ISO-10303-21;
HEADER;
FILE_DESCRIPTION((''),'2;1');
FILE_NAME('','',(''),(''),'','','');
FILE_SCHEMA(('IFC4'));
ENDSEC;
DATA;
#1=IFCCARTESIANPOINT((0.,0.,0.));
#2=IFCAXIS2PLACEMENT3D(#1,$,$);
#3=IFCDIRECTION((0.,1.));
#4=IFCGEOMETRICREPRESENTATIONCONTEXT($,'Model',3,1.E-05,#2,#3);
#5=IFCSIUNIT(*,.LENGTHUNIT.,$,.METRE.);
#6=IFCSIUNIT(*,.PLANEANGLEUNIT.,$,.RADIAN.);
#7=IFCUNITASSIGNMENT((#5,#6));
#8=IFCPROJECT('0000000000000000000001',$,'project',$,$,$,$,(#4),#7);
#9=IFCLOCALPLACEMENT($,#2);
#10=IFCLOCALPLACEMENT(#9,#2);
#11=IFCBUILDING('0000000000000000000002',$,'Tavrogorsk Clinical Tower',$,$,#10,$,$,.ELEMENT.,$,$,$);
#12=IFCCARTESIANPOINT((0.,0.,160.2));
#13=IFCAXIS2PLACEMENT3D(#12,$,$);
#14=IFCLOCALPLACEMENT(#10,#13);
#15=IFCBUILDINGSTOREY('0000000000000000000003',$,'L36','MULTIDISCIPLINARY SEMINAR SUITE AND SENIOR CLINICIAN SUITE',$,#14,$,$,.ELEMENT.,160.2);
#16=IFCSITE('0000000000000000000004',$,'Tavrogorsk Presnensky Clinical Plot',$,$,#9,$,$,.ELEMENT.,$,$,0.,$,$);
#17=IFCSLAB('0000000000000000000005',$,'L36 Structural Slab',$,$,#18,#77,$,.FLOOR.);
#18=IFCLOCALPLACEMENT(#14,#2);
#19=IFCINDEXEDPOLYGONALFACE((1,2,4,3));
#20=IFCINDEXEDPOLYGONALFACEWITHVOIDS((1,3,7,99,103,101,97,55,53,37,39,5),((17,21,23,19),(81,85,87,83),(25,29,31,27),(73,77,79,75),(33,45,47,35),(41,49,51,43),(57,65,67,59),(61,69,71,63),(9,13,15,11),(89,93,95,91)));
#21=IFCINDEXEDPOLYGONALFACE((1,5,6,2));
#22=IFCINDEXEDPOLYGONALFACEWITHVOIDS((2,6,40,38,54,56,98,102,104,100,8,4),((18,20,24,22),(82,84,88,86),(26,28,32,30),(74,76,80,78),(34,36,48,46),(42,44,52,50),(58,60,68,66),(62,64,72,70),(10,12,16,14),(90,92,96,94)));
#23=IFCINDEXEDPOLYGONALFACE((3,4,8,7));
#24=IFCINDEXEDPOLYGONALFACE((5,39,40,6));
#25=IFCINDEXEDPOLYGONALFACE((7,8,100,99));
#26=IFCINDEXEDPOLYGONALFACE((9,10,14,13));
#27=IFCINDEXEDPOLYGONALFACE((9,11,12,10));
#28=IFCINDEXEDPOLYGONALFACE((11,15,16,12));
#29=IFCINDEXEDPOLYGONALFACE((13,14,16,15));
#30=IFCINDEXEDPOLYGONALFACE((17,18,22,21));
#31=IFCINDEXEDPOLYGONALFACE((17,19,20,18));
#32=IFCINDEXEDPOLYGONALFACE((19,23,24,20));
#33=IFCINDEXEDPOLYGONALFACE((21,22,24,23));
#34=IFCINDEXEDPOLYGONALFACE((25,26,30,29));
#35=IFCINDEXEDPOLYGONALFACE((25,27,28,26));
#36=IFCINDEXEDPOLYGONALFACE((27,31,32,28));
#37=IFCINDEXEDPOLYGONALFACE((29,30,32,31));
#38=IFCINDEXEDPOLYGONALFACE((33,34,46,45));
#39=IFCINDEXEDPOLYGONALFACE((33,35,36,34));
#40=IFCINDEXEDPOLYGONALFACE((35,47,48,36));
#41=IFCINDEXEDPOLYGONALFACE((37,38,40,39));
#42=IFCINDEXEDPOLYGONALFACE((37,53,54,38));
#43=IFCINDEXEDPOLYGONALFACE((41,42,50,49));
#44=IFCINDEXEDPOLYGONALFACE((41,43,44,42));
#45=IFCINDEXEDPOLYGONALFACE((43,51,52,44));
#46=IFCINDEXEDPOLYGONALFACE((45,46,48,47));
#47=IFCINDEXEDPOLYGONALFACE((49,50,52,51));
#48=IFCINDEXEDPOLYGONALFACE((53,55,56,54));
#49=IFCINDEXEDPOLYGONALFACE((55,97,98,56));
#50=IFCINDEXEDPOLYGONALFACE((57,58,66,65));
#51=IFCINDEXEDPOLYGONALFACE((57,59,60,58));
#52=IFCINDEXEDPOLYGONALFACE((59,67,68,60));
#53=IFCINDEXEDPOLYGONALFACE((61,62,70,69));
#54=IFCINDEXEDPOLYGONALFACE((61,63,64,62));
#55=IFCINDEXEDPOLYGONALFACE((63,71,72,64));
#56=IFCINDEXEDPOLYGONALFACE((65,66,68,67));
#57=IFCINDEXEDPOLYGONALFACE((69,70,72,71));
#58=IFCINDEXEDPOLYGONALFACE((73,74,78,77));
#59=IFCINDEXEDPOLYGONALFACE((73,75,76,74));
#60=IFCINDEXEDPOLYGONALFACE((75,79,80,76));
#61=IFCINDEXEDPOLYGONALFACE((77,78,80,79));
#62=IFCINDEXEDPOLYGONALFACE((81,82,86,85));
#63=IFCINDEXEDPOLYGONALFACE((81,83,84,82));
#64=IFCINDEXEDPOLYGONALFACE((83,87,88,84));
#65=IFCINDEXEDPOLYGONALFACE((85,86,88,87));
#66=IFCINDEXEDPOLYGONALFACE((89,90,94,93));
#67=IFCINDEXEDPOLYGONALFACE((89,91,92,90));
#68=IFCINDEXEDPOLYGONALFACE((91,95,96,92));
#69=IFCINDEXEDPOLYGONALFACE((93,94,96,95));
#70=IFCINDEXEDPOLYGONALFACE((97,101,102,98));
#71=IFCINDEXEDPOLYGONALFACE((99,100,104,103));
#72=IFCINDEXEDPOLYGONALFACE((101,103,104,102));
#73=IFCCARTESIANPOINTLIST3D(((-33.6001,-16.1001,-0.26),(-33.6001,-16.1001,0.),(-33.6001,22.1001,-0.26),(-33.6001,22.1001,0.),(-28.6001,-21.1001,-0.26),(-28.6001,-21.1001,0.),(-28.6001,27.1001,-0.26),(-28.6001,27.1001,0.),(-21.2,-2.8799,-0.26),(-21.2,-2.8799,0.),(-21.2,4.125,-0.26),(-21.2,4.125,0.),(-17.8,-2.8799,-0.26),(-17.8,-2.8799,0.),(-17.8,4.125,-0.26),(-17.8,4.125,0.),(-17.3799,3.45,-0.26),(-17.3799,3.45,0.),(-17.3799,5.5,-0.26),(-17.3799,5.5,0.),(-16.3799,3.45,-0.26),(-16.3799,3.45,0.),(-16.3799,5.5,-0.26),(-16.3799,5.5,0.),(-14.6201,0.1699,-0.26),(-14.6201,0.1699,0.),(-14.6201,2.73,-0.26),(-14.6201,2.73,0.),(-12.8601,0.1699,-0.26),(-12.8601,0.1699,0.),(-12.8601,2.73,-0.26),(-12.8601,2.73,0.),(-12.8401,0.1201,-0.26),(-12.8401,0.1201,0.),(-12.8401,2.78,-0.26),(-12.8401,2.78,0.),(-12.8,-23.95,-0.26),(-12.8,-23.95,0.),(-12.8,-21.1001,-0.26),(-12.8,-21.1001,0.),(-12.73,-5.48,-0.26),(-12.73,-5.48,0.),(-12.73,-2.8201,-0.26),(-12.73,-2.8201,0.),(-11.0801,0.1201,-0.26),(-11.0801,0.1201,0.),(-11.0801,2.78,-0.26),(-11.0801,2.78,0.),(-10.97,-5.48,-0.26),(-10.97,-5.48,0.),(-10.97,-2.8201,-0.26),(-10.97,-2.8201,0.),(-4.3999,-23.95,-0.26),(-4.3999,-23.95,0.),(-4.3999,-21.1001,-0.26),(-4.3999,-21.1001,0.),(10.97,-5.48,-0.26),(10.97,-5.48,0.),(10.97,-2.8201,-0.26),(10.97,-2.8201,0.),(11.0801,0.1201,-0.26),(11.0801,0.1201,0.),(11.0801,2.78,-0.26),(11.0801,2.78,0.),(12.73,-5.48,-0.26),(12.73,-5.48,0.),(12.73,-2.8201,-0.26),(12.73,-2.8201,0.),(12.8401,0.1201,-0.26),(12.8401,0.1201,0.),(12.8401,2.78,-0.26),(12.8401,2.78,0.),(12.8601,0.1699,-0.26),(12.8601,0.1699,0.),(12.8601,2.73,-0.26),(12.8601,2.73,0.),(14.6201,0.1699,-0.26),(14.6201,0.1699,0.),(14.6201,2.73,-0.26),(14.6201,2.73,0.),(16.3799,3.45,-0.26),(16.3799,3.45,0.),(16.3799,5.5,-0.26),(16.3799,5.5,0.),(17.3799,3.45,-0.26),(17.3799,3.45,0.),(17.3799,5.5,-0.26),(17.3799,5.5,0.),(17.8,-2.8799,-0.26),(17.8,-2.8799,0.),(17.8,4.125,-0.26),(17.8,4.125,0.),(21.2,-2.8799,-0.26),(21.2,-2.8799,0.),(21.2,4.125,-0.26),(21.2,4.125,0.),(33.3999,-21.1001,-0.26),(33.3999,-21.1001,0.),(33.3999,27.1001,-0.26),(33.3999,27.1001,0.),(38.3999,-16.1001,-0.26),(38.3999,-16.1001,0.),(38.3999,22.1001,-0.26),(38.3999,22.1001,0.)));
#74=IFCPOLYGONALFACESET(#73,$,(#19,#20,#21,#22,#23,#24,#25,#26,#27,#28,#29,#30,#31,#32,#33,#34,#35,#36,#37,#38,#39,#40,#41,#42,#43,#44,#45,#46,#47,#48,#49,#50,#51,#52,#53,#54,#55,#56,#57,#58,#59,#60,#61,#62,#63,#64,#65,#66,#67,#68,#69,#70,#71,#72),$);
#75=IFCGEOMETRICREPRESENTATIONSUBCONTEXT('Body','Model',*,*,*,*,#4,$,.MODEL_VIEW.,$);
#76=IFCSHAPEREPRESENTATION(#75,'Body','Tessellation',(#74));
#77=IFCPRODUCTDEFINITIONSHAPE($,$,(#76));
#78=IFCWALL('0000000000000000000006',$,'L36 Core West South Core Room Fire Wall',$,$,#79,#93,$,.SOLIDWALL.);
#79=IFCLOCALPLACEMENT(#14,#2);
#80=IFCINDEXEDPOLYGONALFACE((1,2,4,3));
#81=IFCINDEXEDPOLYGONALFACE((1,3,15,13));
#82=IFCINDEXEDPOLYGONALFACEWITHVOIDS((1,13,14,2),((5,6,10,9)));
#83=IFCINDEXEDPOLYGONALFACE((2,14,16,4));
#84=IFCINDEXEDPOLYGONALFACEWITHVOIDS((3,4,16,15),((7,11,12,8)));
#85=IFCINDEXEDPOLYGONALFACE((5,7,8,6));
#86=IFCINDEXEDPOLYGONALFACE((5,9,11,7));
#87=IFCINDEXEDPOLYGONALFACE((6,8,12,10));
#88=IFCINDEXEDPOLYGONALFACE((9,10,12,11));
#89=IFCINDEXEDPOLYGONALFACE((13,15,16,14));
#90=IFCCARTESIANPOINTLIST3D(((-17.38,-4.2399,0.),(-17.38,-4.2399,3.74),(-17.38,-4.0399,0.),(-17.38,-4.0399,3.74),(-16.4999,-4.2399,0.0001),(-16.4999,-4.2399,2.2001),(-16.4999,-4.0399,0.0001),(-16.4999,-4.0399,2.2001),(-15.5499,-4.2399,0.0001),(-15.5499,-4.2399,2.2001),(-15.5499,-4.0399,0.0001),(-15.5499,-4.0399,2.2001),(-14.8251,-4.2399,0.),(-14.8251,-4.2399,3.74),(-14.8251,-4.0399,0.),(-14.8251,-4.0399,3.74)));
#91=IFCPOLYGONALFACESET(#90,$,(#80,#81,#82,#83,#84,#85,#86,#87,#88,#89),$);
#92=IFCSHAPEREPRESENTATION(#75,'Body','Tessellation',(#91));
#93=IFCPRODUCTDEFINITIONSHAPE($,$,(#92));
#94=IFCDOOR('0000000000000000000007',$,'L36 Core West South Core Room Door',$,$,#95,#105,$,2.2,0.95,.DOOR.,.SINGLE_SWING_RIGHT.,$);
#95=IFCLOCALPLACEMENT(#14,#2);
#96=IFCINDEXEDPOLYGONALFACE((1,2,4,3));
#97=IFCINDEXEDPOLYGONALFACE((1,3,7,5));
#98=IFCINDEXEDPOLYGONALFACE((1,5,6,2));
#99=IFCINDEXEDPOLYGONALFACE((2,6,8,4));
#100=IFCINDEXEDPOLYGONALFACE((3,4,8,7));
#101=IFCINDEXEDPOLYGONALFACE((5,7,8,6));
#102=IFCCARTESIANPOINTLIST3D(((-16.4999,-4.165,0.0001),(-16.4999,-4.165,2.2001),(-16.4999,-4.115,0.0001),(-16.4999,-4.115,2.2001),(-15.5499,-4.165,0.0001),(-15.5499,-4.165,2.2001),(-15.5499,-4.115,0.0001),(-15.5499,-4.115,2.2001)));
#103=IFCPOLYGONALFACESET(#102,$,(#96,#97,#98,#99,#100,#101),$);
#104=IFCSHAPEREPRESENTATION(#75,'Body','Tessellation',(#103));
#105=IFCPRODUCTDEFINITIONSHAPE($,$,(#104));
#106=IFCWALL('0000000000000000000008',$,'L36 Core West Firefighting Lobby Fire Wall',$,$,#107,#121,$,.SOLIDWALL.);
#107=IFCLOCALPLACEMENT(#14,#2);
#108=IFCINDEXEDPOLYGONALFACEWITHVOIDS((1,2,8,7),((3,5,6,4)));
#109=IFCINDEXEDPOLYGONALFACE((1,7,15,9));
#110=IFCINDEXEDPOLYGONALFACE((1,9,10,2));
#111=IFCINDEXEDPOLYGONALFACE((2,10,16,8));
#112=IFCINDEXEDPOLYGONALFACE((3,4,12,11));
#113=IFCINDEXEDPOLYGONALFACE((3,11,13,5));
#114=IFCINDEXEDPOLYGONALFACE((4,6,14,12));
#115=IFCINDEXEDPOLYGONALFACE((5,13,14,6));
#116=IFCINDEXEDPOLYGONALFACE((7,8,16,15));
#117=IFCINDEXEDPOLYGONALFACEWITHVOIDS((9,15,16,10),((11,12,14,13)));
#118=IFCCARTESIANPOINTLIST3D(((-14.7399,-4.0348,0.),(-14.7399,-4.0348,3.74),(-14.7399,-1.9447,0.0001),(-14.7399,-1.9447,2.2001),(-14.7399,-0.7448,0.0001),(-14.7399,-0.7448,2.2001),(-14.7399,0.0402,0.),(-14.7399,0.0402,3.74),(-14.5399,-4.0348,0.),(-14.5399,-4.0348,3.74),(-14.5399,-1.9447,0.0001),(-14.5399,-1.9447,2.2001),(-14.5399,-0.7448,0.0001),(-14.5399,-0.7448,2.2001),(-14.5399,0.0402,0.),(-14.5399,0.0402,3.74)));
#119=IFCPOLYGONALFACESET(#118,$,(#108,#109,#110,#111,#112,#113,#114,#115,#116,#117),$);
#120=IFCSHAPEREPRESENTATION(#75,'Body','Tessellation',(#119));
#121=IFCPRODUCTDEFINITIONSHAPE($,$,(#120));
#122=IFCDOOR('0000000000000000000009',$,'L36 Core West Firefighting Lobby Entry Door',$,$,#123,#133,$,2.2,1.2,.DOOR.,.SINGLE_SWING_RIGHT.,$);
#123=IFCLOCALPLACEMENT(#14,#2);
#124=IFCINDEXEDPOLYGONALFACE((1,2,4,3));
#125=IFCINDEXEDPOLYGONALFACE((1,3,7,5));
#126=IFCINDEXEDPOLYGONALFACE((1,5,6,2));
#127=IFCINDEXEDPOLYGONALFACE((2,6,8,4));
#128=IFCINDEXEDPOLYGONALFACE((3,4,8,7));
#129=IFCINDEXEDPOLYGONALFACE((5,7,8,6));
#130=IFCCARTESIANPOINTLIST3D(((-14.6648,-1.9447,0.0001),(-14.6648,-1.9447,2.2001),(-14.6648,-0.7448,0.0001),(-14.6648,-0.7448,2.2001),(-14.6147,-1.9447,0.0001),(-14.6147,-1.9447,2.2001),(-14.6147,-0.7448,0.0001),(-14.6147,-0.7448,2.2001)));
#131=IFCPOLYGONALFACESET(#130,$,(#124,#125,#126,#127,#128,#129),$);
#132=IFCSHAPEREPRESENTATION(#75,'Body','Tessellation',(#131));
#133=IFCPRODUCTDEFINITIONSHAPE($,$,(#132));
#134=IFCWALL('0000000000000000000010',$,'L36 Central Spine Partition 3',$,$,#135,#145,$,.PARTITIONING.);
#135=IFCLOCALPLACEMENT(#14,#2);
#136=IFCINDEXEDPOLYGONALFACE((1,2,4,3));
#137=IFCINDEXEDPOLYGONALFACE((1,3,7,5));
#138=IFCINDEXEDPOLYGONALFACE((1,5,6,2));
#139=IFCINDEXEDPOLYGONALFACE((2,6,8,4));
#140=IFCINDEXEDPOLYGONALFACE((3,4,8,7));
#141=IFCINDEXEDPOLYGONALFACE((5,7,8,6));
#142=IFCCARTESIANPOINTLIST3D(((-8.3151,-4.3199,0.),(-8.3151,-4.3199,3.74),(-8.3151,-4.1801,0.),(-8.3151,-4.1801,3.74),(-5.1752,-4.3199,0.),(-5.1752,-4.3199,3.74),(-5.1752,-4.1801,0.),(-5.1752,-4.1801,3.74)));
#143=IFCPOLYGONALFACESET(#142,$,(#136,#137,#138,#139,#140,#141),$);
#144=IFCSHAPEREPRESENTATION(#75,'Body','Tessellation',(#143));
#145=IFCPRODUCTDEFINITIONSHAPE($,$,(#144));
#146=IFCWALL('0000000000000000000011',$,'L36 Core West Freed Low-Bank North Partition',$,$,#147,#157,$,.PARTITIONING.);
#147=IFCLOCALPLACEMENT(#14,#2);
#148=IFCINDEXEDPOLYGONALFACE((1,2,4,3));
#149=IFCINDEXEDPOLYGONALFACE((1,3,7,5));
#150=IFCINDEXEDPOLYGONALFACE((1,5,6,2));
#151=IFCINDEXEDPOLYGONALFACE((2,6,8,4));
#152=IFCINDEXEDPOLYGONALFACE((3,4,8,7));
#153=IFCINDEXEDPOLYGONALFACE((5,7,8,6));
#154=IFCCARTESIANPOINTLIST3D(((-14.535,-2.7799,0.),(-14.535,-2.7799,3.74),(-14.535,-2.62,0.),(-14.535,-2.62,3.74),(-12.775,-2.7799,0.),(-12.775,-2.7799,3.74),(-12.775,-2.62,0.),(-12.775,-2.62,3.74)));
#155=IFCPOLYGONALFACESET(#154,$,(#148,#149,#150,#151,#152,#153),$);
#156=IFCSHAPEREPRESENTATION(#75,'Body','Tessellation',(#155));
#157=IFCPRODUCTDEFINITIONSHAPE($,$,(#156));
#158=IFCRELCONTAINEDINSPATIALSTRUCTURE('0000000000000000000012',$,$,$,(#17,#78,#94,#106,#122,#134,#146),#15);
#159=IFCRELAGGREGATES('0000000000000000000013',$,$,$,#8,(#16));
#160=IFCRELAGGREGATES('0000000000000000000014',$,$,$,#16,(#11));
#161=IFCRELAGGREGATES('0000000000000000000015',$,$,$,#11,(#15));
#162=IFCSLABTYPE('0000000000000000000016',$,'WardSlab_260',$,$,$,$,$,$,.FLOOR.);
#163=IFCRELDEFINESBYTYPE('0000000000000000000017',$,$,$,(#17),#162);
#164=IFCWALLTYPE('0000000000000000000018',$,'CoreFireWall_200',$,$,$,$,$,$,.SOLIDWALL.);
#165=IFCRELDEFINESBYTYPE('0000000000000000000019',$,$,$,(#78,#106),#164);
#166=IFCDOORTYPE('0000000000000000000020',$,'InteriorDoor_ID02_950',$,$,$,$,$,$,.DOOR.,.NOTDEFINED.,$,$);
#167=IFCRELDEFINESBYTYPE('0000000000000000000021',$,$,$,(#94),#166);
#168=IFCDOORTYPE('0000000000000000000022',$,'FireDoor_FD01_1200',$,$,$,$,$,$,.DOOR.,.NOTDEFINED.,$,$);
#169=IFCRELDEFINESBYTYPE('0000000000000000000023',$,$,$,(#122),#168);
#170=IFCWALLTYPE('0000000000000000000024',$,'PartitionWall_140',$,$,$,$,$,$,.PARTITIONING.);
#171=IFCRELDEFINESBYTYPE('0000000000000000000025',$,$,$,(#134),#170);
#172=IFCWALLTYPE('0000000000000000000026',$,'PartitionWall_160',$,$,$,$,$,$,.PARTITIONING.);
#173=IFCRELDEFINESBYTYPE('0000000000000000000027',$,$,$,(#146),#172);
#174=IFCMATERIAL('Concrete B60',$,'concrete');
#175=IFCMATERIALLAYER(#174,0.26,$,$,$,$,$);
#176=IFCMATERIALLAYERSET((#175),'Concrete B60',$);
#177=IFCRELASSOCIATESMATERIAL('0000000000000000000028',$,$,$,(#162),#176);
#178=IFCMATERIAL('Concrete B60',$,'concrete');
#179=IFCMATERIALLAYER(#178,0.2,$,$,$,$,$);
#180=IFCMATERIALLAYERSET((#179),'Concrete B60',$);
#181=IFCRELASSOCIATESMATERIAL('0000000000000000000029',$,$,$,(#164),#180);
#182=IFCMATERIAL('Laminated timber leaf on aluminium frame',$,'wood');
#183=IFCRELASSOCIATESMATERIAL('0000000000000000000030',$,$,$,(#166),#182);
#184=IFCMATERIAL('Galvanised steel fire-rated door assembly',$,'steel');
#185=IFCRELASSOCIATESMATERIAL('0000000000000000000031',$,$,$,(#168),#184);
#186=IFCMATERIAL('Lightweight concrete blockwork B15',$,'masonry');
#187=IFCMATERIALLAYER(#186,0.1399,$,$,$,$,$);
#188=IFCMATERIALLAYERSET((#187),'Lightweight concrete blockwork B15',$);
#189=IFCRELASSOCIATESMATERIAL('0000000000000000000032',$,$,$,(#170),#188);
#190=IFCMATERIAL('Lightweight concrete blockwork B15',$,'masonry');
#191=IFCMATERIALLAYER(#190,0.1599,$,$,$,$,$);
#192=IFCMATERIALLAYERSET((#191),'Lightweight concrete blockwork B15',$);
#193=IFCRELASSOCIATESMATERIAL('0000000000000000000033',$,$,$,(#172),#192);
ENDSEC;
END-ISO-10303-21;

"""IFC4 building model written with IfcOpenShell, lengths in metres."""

from ifc_helpers import new_model, si_unit, direction, frame, frame_2d, origin, place, context, subcontext, project, spatial, polyline, rectangle, outline, extrude, material, layer, layer_set, type_object, element, fill, save


model = new_model("IFC4")

# Units and contexts
model_context = context("Model", 3, precision=1e-05, world=origin(), true_north=direction((0.0, 1.0)))
body_context = subcontext(model_context, "Body", "Model", "MODEL_VIEW")
ifc_project = project(units=[si_unit("LENGTHUNIT", "METRE"), si_unit("PLANEANGLEUNIT", "RADIAN")], contexts=[model_context])

# Site, building, storey
site_placement = place(None, origin())
site = spatial("IfcSite", under=ifc_project, at=site_placement, Name="Tavrogorsk Presnensky Clinical Plot", CompositionType="ELEMENT", RefElevation=0.0)
building_placement = place(site_placement, origin())
building = spatial("IfcBuilding", under=site, at=building_placement, Name="Tavrogorsk Clinical Tower", CompositionType="ELEMENT")
storey_placement = place(building_placement, frame((0.0, 0.0, 160.2)))
storey = spatial("IfcBuildingStorey", under=building, at=storey_placement, Name="L36", Description="MULTIDISCIPLINARY SEMINAR SUITE AND SENIOR CLINICIAN SUITE", CompositionType="ELEMENT", Elevation=160.2)

# Slab
ifc_material_1 = material(Name="Concrete B60", Category="concrete")
ifc_layer_1 = layer(ifc_material_1, 0.26)
ifc_layer_set_1 = layer_set([ifc_layer_1], Name="Concrete B60")
slab_type_1 = type_object("IfcSlabType", Name="WardSlab_260", PredefinedType="FLOOR", material=ifc_layer_set_1)
slab_1_placement = place(storey_placement, frame((0.0, 0.0, -0.26)))
element("IfcSlab", 1, at=slab_1_placement, inside=storey, type_object=slab_type_1, Name="L36 Structural Slab", PredefinedType="FLOOR", context=body_context, shape_type="SweptSolid", body=[
    extrude(outline(polyline([(-28.6001, -21.1001), (-33.6001, -16.1001), (-33.6001, 22.1001), (-28.6001, 27.1001), (33.3999, 27.1001), (38.3999, 22.1001), (38.3999, -16.1001), (33.3999, -21.1001), (-4.3999, -21.1001), (-4.3999, -23.95), (-12.8, -23.95), (-12.8, -21.1001), (-28.6001, -21.1001)]), holes=[polyline([(-17.8, -2.8799), (-17.8, 4.125), (-21.2, 4.125), (-21.2, -2.8799), (-17.8, -2.8799)]), polyline([(21.2, -2.8799), (21.2, 4.125), (17.8, 4.125), (17.8, -2.8799), (21.2, -2.8799)]), polyline([(-14.6201, 0.1699), (-12.8601, 0.1699), (-12.8601, 2.73), (-14.6201, 2.73), (-14.6201, 0.1699)]), polyline([(-12.73, -5.48), (-10.97, -5.48), (-10.97, -2.8201), (-12.73, -2.8201), (-12.73, -5.48)]), polyline([(-12.8401, 0.1201), (-11.0801, 0.1201), (-11.0801, 2.78), (-12.8401, 2.78), (-12.8401, 0.1201)]), polyline([(12.8601, 0.1699), (14.6201, 0.1699), (14.6201, 2.73), (12.8601, 2.73), (12.8601, 0.1699)]), polyline([(10.97, -5.48), (12.73, -5.48), (12.73, -2.8201), (10.97, -2.8201), (10.97, -5.48)]), polyline([(11.0801, 0.1201), (12.8401, 0.1201), (12.8401, 2.78), (11.0801, 2.78), (11.0801, 0.1201)]), polyline([(-17.3799, 3.45), (-16.3799, 3.45), (-16.3799, 5.5), (-17.3799, 5.5), (-17.3799, 3.45)]), polyline([(16.3799, 3.45), (17.3799, 3.45), (17.3799, 5.5), (16.3799, 5.5), (16.3799, 3.45)])]), origin(), (0.0, 0.0, 1.0), 0.26),
])

# Walls, openings, doors
ifc_material_2 = material(Name="Concrete B60", Category="concrete")
ifc_layer_2 = layer(ifc_material_2, 0.2)
ifc_layer_set_2 = layer_set([ifc_layer_2], Name="Concrete B60")
wall_type_1 = type_object("IfcWallType", Name="CoreFireWall_200", PredefinedType="SOLIDWALL", material=ifc_layer_set_2)
wall_1_placement = place(storey_placement, frame((-17.3799, -4.1399, 0.0), z_axis=(0.0, 0.0, 1.0), x_axis=(1.0, 0.0, 0.0)))
wall_1 = element("IfcWall", 2, at=wall_1_placement, inside=storey, type_object=wall_type_1, Name="L36 Core West South Core Room Fire Wall", PredefinedType="SOLIDWALL", context=body_context, shape_type="SweptSolid", body=[
    extrude(rectangle(XDim=2.5549, YDim=0.2, at=frame_2d((1.2773, 0.0))), origin(), (0.0, 0.0, 1.0), 3.74),
])
opening_1_placement = place(wall_1_placement, frame((0.8799, 0.0, 0.0)))
opening_1 = element("IfcOpeningElement", 3, at=opening_1_placement, cuts=wall_1, PredefinedType="OPENING", context=body_context, shape_type="SweptSolid", body=[
    extrude(rectangle(XDim=0.95, YDim=2.2, at=frame_2d((0.4751, 1.1001))), frame((0.0, 0.1099, 0.0), z_axis=(0.0, -1.0, 0.0), x_axis=(1.0, 0.0, 0.0)), (0.0, 0.0, 1.0), 0.22),
])
ifc_material_3 = material(Name="Laminated timber leaf on aluminium frame", Category="wood")
door_type_1 = type_object("IfcDoorType", Name="InteriorDoor_ID02_950", OperationType="NOTDEFINED", PredefinedType="DOOR", material=ifc_material_3)
door_1_placement = place(opening_1_placement, origin())
door_1 = element("IfcDoor", 4, at=door_1_placement, inside=storey, type_object=door_type_1, Name="L36 Core West South Core Room Door", OperationType="SINGLE_SWING_RIGHT", OverallHeight=2.2, OverallWidth=0.95, PredefinedType="DOOR", context=body_context, shape_type="SweptSolid", body=[
    extrude(rectangle(XDim=0.95, YDim=2.2, at=frame_2d((0.4751, 1.1001))), frame((0.0, 0.0249, 0.0), z_axis=(0.0, -1.0, 0.0), x_axis=(1.0, 0.0, 0.0)), (0.0, 0.0, 1.0), 0.05),
])
fill(opening_1, door_1)
wall_2_placement = place(storey_placement, frame((-14.6399, -4.0349, 0.0), z_axis=(0.0, 0.0, 1.0), x_axis=(0.0, 1.0, 0.0)))
wall_2 = element("IfcWall", 5, at=wall_2_placement, inside=storey, type_object=wall_type_1, Name="L36 Core West Firefighting Lobby Fire Wall", PredefinedType="SOLIDWALL", context=body_context, shape_type="SweptSolid", body=[
    extrude(rectangle(XDim=4.075, YDim=0.2, at=frame_2d((2.0376, 0.0))), origin(), (0.0, 0.0, 1.0), 3.74),
])
opening_2_placement = place(wall_2_placement, frame((2.0901, 0.0, 0.0)))
opening_2 = element("IfcOpeningElement", 6, at=opening_2_placement, cuts=wall_2, PredefinedType="OPENING", context=body_context, shape_type="SweptSolid", body=[
    extrude(rectangle(XDim=1.2, YDim=2.2, at=frame_2d((0.6001, 1.1001))), frame((0.0, 0.1099, 0.0), z_axis=(0.0, -1.0, 0.0), x_axis=(1.0, 0.0, 0.0)), (0.0, 0.0, 1.0), 0.22),
])
ifc_material_4 = material(Name="Galvanised steel fire-rated door assembly", Category="steel")
door_type_2 = type_object("IfcDoorType", Name="FireDoor_FD01_1200", OperationType="NOTDEFINED", PredefinedType="DOOR", material=ifc_material_4)
door_2_placement = place(opening_2_placement, origin())
door_2 = element("IfcDoor", 7, at=door_2_placement, inside=storey, type_object=door_type_2, Name="L36 Core West Firefighting Lobby Entry Door", OperationType="SINGLE_SWING_RIGHT", OverallHeight=2.2, OverallWidth=1.2, PredefinedType="DOOR", context=body_context, shape_type="SweptSolid", body=[
    extrude(rectangle(XDim=1.2, YDim=2.2, at=frame_2d((0.6001, 1.1001))), frame((0.0, 0.0249, 0.0), z_axis=(0.0, -1.0, 0.0), x_axis=(1.0, 0.0, 0.0)), (0.0, 0.0, 1.0), 0.05),
])
fill(opening_2, door_2)

# Walls
ifc_material_5 = material(Name="Lightweight concrete blockwork B15", Category="masonry")
ifc_layer_3 = layer(ifc_material_5, 0.1399)
ifc_layer_set_3 = layer_set([ifc_layer_3], Name="Lightweight concrete blockwork B15")
wall_type_2 = type_object("IfcWallType", Name="PartitionWall_140", PredefinedType="PARTITIONING", material=ifc_layer_set_3)
wall_3_placement = place(storey_placement, frame((-8.3149, -4.25, 0.0), z_axis=(0.0, 0.0, 1.0), x_axis=(1.0, 0.0, 0.0)))
element("IfcWall", 8, at=wall_3_placement, inside=storey, type_object=wall_type_2, Name="L36 Central Spine Partition 3", PredefinedType="PARTITIONING", context=body_context, shape_type="SweptSolid", body=[
    extrude(rectangle(XDim=3.1399, YDim=0.1399, at=frame_2d((1.5698, 0.0))), origin(), (0.0, 0.0, 1.0), 3.74),
])
ifc_material_6 = material(Name="Lightweight concrete blockwork B15", Category="masonry")
ifc_layer_4 = layer(ifc_material_6, 0.1599)
ifc_layer_set_4 = layer_set([ifc_layer_4], Name="Lightweight concrete blockwork B15")
wall_type_3 = type_object("IfcWallType", Name="PartitionWall_160", PredefinedType="PARTITIONING", material=ifc_layer_set_4)
wall_4_placement = place(storey_placement, frame((-14.5349, -2.7, 0.0), z_axis=(0.0, 0.0, 1.0), x_axis=(1.0, 0.0, 0.0)))
element("IfcWall", 9, at=wall_4_placement, inside=storey, type_object=wall_type_3, Name="L36 Core West Freed Low-Bank North Partition", PredefinedType="PARTITIONING", context=body_context, shape_type="SweptSolid", body=[
    extrude(rectangle(XDim=1.76, YDim=0.1599, at=frame_2d((0.8799, 0.0))), origin(), (0.0, 0.0, 1.0), 3.74),
])

save(model, "model.ifc")
